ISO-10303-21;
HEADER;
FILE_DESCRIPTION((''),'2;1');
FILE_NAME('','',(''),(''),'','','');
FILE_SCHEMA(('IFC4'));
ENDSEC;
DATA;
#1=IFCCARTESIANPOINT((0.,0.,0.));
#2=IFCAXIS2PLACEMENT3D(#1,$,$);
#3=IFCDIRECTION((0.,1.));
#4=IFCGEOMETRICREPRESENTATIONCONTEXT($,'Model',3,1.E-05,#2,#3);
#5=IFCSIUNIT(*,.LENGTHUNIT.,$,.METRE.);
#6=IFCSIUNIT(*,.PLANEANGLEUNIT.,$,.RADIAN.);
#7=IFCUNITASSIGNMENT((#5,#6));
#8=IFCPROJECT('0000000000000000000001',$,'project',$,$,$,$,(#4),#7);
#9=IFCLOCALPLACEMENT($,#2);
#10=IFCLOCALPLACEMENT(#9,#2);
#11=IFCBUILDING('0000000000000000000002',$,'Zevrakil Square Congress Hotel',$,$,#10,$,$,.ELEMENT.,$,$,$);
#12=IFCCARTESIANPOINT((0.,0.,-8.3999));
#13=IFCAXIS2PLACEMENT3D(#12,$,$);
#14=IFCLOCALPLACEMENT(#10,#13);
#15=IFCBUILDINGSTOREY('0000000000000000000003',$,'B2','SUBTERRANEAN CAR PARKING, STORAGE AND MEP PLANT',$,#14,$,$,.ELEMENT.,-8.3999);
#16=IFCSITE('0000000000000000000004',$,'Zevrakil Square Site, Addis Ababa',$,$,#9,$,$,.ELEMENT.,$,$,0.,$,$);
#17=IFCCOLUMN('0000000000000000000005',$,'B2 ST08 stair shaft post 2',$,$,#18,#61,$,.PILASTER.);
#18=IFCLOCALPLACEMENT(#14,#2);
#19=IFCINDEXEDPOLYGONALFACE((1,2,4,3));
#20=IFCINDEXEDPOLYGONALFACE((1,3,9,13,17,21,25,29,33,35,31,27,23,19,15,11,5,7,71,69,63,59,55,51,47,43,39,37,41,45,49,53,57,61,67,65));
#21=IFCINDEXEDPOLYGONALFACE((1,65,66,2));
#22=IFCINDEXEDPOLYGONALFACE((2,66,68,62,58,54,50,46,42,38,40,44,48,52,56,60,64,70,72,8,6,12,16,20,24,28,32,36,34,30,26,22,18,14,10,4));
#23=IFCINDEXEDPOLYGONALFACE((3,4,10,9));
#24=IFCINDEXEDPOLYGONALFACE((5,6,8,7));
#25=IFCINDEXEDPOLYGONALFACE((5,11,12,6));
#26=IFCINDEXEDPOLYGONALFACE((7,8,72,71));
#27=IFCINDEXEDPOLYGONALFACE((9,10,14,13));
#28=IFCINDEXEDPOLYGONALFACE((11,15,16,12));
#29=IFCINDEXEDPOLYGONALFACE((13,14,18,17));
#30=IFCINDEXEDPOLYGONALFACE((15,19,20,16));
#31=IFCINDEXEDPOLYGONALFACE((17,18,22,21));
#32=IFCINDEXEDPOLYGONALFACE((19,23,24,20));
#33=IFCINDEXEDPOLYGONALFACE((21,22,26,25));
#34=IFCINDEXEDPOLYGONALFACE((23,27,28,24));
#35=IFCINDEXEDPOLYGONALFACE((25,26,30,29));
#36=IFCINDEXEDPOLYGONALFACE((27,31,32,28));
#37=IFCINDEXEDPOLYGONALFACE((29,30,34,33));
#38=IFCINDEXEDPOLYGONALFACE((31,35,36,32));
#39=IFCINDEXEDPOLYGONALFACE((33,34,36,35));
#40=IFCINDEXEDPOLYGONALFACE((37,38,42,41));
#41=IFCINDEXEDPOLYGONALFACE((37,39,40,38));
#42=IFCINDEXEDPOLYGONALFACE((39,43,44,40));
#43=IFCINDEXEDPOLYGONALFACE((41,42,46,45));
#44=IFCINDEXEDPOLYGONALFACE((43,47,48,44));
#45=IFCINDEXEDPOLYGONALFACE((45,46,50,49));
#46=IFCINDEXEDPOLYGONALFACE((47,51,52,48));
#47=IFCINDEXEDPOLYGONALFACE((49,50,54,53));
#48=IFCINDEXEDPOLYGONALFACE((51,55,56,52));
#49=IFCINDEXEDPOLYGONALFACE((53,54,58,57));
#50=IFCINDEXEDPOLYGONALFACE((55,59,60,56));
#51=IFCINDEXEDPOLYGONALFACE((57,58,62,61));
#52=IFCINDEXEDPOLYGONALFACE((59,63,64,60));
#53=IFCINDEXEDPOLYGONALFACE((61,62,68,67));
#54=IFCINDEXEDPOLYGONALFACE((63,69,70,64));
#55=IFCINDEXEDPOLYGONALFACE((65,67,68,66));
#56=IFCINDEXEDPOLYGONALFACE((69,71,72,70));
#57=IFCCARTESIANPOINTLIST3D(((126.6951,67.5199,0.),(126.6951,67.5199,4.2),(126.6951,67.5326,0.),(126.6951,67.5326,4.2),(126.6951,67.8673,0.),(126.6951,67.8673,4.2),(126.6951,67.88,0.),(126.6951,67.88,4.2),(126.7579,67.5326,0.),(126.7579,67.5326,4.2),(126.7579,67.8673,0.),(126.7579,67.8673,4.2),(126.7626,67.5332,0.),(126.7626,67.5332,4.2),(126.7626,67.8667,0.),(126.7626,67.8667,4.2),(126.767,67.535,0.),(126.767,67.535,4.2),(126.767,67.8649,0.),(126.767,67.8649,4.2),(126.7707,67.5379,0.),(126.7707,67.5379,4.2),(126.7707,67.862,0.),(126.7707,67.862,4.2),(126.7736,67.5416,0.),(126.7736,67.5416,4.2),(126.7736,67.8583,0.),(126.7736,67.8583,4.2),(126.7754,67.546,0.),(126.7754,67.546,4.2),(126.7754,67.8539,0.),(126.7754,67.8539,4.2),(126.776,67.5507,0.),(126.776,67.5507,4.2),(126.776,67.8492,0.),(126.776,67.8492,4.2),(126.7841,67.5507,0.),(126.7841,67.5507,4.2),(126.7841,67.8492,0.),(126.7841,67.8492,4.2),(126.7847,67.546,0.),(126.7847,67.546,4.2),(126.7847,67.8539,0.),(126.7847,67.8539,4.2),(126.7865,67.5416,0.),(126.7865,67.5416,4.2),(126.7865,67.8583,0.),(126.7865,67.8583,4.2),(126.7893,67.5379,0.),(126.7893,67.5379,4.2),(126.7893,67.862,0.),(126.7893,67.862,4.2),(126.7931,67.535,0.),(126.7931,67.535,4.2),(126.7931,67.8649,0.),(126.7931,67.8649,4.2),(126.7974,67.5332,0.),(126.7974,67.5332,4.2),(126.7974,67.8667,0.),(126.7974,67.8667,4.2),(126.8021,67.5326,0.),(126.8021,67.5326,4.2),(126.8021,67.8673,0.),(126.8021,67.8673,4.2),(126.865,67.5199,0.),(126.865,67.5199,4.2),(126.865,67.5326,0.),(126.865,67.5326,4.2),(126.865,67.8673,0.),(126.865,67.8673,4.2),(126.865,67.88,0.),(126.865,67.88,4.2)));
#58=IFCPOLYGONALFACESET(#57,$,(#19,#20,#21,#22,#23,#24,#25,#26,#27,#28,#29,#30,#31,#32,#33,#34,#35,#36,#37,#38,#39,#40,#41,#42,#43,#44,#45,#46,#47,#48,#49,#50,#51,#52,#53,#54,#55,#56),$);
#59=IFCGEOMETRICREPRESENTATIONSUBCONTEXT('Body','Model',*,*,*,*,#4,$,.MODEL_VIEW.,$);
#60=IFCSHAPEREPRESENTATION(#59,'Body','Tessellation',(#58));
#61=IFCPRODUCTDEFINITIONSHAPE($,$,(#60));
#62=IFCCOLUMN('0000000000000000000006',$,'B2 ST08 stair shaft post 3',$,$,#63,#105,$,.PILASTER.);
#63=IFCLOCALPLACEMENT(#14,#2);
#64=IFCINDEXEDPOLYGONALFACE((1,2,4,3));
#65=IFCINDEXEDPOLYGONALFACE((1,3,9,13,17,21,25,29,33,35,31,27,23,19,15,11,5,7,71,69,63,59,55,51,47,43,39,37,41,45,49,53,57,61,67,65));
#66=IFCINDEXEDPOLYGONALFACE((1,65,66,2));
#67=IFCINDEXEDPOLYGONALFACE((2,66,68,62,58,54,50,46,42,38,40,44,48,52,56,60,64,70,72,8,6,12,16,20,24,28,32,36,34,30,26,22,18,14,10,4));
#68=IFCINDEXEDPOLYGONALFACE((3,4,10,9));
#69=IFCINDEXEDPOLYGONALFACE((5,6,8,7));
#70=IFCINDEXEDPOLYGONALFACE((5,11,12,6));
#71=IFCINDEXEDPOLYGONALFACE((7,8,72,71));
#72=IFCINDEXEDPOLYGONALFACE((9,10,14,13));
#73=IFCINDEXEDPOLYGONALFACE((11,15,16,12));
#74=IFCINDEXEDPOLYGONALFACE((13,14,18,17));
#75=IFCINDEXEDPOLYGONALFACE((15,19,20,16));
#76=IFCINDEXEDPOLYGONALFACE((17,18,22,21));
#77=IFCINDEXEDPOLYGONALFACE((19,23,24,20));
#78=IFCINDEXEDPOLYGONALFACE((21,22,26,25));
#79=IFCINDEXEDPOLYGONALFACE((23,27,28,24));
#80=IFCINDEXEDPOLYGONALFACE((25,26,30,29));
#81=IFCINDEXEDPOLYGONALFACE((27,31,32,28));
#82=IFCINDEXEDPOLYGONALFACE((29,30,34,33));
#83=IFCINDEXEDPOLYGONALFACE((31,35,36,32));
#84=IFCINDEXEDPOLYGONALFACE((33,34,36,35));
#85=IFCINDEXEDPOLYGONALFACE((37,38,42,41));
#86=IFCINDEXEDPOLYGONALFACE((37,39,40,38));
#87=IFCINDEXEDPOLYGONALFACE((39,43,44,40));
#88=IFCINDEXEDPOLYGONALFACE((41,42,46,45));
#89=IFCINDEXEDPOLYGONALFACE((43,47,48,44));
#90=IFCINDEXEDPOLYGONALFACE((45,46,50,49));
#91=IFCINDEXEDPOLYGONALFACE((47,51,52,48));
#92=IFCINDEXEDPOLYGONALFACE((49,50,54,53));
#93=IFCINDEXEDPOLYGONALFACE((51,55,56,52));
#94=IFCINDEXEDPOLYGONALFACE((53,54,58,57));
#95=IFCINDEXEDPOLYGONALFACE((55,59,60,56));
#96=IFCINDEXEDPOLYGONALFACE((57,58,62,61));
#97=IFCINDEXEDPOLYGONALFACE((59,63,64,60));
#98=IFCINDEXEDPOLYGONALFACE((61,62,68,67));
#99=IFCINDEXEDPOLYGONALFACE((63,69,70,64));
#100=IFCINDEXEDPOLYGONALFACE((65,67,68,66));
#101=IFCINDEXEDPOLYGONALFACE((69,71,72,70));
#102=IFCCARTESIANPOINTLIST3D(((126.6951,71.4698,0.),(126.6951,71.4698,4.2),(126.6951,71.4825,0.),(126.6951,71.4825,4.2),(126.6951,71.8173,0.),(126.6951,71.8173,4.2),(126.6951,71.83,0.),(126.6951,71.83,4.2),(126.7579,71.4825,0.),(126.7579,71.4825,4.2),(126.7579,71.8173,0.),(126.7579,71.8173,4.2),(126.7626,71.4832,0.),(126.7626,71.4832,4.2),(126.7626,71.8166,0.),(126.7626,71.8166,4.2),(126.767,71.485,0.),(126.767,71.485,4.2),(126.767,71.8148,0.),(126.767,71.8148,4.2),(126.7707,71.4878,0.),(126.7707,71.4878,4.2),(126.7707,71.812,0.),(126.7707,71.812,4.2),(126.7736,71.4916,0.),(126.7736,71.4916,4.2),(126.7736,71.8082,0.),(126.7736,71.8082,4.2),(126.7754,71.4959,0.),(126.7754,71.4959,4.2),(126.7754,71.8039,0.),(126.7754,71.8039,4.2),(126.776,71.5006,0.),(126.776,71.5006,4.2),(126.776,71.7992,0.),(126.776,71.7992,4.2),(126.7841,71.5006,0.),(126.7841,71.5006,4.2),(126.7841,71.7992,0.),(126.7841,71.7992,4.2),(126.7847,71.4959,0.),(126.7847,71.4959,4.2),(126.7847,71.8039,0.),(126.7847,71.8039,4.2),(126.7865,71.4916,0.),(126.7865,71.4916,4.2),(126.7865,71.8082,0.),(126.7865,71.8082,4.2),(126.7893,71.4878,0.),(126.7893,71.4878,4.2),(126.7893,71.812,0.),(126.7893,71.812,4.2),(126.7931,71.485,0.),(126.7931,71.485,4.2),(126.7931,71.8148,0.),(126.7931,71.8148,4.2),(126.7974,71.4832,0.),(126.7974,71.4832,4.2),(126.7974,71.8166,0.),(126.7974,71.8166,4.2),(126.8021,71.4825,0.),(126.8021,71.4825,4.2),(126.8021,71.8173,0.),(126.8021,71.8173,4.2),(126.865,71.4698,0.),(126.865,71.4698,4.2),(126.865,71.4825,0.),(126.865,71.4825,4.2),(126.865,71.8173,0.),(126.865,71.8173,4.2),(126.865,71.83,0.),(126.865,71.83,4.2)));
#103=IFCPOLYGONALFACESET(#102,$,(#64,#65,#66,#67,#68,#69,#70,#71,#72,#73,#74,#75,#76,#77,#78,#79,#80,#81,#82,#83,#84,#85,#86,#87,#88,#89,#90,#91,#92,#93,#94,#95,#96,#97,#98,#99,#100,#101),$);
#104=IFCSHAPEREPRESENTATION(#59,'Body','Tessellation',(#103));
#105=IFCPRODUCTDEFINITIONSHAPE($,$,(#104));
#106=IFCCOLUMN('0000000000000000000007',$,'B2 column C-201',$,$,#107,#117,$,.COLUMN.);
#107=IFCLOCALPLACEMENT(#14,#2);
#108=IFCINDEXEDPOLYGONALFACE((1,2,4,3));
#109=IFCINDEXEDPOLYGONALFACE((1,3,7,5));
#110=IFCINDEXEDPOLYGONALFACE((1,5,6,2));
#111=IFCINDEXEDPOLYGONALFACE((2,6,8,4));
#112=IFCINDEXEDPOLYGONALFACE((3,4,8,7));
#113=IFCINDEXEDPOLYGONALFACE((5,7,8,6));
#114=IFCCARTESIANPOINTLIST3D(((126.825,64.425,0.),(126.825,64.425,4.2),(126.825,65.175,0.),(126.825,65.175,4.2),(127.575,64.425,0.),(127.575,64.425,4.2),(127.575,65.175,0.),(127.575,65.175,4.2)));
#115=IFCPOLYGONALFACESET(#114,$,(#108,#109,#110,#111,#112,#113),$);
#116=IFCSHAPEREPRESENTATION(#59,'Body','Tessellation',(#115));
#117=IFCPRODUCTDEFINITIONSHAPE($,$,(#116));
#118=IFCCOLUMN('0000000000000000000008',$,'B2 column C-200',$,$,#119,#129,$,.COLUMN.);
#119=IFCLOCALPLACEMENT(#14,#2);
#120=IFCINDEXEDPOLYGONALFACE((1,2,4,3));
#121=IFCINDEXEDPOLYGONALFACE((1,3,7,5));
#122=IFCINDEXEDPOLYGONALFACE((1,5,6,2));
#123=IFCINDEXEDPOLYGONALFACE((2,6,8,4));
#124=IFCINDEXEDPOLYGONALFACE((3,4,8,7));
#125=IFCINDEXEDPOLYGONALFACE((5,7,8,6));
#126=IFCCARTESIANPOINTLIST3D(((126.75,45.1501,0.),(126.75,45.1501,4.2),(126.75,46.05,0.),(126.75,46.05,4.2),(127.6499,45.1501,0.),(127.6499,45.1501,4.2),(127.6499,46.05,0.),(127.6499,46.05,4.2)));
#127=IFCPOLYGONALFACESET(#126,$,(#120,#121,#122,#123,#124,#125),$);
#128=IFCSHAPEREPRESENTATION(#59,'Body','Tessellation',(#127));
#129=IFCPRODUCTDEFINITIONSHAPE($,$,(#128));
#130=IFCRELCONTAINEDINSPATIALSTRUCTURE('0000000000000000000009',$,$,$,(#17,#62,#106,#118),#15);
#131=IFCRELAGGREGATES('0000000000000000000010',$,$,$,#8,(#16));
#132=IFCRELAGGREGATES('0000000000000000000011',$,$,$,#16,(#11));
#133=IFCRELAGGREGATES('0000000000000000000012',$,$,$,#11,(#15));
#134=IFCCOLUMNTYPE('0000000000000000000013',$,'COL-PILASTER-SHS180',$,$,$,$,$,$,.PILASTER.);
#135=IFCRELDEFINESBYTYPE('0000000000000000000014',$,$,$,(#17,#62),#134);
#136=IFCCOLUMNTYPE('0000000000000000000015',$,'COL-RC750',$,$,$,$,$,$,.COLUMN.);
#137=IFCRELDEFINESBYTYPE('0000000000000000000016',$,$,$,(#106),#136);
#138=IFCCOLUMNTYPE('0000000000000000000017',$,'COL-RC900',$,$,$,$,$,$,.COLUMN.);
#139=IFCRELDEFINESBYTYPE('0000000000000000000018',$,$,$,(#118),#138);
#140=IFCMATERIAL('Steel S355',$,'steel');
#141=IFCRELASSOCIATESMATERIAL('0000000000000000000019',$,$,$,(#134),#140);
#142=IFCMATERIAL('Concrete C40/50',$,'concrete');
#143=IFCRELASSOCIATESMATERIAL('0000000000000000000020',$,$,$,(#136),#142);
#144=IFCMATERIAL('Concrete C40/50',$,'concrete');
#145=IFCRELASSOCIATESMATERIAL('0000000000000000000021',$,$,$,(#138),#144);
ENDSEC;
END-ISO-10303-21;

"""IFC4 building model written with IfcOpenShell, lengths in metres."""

from ifc_helpers import new_model, si_unit, direction, frame, origin, origin_2d, place, context, subcontext, project, spatial, rectangle, i_section, extrude, material, material_profile, profile_set, type_object, element, save


model = new_model("IFC4")

# Units and contexts
model_context = context("Model", 3, precision=1e-05, world=origin(), true_north=direction((0.0, 1.0)))
body_context = subcontext(model_context, "Body", "Model", "MODEL_VIEW")
ifc_project = project(units=[si_unit("LENGTHUNIT", "METRE"), si_unit("PLANEANGLEUNIT", "RADIAN")], contexts=[model_context])

# Site, building, storey
site_placement = place(None, origin())
site = spatial("IfcSite", under=ifc_project, at=site_placement, Name="Zevrakil Square Site, Addis Ababa", CompositionType="ELEMENT", RefElevation=0.0)
building_placement = place(site_placement, origin())
building = spatial("IfcBuilding", under=site, at=building_placement, Name="Zevrakil Square Congress Hotel", CompositionType="ELEMENT")
storey_placement = place(building_placement, frame((0.0, 0.0, -8.3999)))
storey = spatial("IfcBuildingStorey", under=building, at=storey_placement, Name="B2", Description="SUBTERRANEAN CAR PARKING, STORAGE AND MEP PLANT", CompositionType="ELEMENT", Elevation=-8.3999)

# Columns
ifc_material_1 = material(Name="Steel S355", Category="steel")
ifc_material_profile_1 = material_profile(ifc_material_1, i_section(OverallWidth=0.1699, OverallDepth=0.3601, WebThickness=0.0081, FlangeThickness=0.0127, FilletRadius=0.0181, at=origin_2d()), Name="IPE 360")
ifc_profile_set_1 = profile_set([ifc_material_profile_1], Name="Steel S355")
column_type_1 = type_object("IfcColumnType", Name="COL-PILASTER-SHS180", PredefinedType="PILASTER", material=ifc_profile_set_1)
for number, where, z_axis, x_axis, name in (
    (1, (126.78, 67.7, 0.0), (0.0, 0.0, 1.0), (1.0, 0.0, 0.0), "B2 ST08 stair shaft post 2"),
    (2, (126.78, 71.6499, 0.0), (0.0, 0.0, 1.0), (1.0, 0.0, 0.0), "B2 ST08 stair shaft post 3"),
):
    element("IfcColumn", number, at=place(storey_placement, frame(where, z_axis=z_axis, x_axis=x_axis)), inside=storey, type_object=column_type_1, Name=name, PredefinedType="PILASTER", context=body_context, shape_type="SweptSolid", body=[
        extrude(i_section(OverallWidth=0.1699, OverallDepth=0.3601, WebThickness=0.0081, FlangeThickness=0.0127, FilletRadius=0.0181, at=origin_2d()), origin(), (0.0, 0.0, 1.0), 4.2),
    ])
ifc_material_2 = material(Name="Concrete C40/50", Category="concrete")
ifc_material_profile_2 = material_profile(ifc_material_2, rectangle(XDim=0.75, YDim=0.75, at=origin_2d()), Name="RC 750x750")
ifc_profile_set_2 = profile_set([ifc_material_profile_2], Name="Concrete C40/50")
column_type_2 = type_object("IfcColumnType", Name="COL-RC750", PredefinedType="COLUMN", material=ifc_profile_set_2)
column_1_placement = place(storey_placement, frame((127.2, 64.8, 0.0), z_axis=(0.0, 0.0, 1.0), x_axis=(1.0, 0.0, 0.0)))
element("IfcColumn", 3, at=column_1_placement, inside=storey, type_object=column_type_2, Name="B2 column C-201", PredefinedType="COLUMN", context=body_context, shape_type="SweptSolid", body=[
    extrude(rectangle(XDim=0.75, YDim=0.75, at=origin_2d()), origin(), (0.0, 0.0, 1.0), 4.2),
])
ifc_material_3 = material(Name="Concrete C40/50", Category="concrete")
ifc_material_profile_3 = material_profile(ifc_material_3, rectangle(XDim=0.8999, YDim=0.8999, at=origin_2d()), Name="RC 900x900")
ifc_profile_set_3 = profile_set([ifc_material_profile_3], Name="Concrete C40/50")
column_type_3 = type_object("IfcColumnType", Name="COL-RC900", PredefinedType="COLUMN", material=ifc_profile_set_3)
column_2_placement = place(storey_placement, frame((127.2, 45.6001, 0.0), z_axis=(0.0, 0.0, 1.0), x_axis=(1.0, 0.0, 0.0)))
element("IfcColumn", 4, at=column_2_placement, inside=storey, type_object=column_type_3, Name="B2 column C-200", PredefinedType="COLUMN", context=body_context, shape_type="SweptSolid", body=[
    extrude(rectangle(XDim=0.8999, YDim=0.8999, at=origin_2d()), origin(), (0.0, 0.0, 1.0), 4.2),
])

save(model, "model.ifc")
